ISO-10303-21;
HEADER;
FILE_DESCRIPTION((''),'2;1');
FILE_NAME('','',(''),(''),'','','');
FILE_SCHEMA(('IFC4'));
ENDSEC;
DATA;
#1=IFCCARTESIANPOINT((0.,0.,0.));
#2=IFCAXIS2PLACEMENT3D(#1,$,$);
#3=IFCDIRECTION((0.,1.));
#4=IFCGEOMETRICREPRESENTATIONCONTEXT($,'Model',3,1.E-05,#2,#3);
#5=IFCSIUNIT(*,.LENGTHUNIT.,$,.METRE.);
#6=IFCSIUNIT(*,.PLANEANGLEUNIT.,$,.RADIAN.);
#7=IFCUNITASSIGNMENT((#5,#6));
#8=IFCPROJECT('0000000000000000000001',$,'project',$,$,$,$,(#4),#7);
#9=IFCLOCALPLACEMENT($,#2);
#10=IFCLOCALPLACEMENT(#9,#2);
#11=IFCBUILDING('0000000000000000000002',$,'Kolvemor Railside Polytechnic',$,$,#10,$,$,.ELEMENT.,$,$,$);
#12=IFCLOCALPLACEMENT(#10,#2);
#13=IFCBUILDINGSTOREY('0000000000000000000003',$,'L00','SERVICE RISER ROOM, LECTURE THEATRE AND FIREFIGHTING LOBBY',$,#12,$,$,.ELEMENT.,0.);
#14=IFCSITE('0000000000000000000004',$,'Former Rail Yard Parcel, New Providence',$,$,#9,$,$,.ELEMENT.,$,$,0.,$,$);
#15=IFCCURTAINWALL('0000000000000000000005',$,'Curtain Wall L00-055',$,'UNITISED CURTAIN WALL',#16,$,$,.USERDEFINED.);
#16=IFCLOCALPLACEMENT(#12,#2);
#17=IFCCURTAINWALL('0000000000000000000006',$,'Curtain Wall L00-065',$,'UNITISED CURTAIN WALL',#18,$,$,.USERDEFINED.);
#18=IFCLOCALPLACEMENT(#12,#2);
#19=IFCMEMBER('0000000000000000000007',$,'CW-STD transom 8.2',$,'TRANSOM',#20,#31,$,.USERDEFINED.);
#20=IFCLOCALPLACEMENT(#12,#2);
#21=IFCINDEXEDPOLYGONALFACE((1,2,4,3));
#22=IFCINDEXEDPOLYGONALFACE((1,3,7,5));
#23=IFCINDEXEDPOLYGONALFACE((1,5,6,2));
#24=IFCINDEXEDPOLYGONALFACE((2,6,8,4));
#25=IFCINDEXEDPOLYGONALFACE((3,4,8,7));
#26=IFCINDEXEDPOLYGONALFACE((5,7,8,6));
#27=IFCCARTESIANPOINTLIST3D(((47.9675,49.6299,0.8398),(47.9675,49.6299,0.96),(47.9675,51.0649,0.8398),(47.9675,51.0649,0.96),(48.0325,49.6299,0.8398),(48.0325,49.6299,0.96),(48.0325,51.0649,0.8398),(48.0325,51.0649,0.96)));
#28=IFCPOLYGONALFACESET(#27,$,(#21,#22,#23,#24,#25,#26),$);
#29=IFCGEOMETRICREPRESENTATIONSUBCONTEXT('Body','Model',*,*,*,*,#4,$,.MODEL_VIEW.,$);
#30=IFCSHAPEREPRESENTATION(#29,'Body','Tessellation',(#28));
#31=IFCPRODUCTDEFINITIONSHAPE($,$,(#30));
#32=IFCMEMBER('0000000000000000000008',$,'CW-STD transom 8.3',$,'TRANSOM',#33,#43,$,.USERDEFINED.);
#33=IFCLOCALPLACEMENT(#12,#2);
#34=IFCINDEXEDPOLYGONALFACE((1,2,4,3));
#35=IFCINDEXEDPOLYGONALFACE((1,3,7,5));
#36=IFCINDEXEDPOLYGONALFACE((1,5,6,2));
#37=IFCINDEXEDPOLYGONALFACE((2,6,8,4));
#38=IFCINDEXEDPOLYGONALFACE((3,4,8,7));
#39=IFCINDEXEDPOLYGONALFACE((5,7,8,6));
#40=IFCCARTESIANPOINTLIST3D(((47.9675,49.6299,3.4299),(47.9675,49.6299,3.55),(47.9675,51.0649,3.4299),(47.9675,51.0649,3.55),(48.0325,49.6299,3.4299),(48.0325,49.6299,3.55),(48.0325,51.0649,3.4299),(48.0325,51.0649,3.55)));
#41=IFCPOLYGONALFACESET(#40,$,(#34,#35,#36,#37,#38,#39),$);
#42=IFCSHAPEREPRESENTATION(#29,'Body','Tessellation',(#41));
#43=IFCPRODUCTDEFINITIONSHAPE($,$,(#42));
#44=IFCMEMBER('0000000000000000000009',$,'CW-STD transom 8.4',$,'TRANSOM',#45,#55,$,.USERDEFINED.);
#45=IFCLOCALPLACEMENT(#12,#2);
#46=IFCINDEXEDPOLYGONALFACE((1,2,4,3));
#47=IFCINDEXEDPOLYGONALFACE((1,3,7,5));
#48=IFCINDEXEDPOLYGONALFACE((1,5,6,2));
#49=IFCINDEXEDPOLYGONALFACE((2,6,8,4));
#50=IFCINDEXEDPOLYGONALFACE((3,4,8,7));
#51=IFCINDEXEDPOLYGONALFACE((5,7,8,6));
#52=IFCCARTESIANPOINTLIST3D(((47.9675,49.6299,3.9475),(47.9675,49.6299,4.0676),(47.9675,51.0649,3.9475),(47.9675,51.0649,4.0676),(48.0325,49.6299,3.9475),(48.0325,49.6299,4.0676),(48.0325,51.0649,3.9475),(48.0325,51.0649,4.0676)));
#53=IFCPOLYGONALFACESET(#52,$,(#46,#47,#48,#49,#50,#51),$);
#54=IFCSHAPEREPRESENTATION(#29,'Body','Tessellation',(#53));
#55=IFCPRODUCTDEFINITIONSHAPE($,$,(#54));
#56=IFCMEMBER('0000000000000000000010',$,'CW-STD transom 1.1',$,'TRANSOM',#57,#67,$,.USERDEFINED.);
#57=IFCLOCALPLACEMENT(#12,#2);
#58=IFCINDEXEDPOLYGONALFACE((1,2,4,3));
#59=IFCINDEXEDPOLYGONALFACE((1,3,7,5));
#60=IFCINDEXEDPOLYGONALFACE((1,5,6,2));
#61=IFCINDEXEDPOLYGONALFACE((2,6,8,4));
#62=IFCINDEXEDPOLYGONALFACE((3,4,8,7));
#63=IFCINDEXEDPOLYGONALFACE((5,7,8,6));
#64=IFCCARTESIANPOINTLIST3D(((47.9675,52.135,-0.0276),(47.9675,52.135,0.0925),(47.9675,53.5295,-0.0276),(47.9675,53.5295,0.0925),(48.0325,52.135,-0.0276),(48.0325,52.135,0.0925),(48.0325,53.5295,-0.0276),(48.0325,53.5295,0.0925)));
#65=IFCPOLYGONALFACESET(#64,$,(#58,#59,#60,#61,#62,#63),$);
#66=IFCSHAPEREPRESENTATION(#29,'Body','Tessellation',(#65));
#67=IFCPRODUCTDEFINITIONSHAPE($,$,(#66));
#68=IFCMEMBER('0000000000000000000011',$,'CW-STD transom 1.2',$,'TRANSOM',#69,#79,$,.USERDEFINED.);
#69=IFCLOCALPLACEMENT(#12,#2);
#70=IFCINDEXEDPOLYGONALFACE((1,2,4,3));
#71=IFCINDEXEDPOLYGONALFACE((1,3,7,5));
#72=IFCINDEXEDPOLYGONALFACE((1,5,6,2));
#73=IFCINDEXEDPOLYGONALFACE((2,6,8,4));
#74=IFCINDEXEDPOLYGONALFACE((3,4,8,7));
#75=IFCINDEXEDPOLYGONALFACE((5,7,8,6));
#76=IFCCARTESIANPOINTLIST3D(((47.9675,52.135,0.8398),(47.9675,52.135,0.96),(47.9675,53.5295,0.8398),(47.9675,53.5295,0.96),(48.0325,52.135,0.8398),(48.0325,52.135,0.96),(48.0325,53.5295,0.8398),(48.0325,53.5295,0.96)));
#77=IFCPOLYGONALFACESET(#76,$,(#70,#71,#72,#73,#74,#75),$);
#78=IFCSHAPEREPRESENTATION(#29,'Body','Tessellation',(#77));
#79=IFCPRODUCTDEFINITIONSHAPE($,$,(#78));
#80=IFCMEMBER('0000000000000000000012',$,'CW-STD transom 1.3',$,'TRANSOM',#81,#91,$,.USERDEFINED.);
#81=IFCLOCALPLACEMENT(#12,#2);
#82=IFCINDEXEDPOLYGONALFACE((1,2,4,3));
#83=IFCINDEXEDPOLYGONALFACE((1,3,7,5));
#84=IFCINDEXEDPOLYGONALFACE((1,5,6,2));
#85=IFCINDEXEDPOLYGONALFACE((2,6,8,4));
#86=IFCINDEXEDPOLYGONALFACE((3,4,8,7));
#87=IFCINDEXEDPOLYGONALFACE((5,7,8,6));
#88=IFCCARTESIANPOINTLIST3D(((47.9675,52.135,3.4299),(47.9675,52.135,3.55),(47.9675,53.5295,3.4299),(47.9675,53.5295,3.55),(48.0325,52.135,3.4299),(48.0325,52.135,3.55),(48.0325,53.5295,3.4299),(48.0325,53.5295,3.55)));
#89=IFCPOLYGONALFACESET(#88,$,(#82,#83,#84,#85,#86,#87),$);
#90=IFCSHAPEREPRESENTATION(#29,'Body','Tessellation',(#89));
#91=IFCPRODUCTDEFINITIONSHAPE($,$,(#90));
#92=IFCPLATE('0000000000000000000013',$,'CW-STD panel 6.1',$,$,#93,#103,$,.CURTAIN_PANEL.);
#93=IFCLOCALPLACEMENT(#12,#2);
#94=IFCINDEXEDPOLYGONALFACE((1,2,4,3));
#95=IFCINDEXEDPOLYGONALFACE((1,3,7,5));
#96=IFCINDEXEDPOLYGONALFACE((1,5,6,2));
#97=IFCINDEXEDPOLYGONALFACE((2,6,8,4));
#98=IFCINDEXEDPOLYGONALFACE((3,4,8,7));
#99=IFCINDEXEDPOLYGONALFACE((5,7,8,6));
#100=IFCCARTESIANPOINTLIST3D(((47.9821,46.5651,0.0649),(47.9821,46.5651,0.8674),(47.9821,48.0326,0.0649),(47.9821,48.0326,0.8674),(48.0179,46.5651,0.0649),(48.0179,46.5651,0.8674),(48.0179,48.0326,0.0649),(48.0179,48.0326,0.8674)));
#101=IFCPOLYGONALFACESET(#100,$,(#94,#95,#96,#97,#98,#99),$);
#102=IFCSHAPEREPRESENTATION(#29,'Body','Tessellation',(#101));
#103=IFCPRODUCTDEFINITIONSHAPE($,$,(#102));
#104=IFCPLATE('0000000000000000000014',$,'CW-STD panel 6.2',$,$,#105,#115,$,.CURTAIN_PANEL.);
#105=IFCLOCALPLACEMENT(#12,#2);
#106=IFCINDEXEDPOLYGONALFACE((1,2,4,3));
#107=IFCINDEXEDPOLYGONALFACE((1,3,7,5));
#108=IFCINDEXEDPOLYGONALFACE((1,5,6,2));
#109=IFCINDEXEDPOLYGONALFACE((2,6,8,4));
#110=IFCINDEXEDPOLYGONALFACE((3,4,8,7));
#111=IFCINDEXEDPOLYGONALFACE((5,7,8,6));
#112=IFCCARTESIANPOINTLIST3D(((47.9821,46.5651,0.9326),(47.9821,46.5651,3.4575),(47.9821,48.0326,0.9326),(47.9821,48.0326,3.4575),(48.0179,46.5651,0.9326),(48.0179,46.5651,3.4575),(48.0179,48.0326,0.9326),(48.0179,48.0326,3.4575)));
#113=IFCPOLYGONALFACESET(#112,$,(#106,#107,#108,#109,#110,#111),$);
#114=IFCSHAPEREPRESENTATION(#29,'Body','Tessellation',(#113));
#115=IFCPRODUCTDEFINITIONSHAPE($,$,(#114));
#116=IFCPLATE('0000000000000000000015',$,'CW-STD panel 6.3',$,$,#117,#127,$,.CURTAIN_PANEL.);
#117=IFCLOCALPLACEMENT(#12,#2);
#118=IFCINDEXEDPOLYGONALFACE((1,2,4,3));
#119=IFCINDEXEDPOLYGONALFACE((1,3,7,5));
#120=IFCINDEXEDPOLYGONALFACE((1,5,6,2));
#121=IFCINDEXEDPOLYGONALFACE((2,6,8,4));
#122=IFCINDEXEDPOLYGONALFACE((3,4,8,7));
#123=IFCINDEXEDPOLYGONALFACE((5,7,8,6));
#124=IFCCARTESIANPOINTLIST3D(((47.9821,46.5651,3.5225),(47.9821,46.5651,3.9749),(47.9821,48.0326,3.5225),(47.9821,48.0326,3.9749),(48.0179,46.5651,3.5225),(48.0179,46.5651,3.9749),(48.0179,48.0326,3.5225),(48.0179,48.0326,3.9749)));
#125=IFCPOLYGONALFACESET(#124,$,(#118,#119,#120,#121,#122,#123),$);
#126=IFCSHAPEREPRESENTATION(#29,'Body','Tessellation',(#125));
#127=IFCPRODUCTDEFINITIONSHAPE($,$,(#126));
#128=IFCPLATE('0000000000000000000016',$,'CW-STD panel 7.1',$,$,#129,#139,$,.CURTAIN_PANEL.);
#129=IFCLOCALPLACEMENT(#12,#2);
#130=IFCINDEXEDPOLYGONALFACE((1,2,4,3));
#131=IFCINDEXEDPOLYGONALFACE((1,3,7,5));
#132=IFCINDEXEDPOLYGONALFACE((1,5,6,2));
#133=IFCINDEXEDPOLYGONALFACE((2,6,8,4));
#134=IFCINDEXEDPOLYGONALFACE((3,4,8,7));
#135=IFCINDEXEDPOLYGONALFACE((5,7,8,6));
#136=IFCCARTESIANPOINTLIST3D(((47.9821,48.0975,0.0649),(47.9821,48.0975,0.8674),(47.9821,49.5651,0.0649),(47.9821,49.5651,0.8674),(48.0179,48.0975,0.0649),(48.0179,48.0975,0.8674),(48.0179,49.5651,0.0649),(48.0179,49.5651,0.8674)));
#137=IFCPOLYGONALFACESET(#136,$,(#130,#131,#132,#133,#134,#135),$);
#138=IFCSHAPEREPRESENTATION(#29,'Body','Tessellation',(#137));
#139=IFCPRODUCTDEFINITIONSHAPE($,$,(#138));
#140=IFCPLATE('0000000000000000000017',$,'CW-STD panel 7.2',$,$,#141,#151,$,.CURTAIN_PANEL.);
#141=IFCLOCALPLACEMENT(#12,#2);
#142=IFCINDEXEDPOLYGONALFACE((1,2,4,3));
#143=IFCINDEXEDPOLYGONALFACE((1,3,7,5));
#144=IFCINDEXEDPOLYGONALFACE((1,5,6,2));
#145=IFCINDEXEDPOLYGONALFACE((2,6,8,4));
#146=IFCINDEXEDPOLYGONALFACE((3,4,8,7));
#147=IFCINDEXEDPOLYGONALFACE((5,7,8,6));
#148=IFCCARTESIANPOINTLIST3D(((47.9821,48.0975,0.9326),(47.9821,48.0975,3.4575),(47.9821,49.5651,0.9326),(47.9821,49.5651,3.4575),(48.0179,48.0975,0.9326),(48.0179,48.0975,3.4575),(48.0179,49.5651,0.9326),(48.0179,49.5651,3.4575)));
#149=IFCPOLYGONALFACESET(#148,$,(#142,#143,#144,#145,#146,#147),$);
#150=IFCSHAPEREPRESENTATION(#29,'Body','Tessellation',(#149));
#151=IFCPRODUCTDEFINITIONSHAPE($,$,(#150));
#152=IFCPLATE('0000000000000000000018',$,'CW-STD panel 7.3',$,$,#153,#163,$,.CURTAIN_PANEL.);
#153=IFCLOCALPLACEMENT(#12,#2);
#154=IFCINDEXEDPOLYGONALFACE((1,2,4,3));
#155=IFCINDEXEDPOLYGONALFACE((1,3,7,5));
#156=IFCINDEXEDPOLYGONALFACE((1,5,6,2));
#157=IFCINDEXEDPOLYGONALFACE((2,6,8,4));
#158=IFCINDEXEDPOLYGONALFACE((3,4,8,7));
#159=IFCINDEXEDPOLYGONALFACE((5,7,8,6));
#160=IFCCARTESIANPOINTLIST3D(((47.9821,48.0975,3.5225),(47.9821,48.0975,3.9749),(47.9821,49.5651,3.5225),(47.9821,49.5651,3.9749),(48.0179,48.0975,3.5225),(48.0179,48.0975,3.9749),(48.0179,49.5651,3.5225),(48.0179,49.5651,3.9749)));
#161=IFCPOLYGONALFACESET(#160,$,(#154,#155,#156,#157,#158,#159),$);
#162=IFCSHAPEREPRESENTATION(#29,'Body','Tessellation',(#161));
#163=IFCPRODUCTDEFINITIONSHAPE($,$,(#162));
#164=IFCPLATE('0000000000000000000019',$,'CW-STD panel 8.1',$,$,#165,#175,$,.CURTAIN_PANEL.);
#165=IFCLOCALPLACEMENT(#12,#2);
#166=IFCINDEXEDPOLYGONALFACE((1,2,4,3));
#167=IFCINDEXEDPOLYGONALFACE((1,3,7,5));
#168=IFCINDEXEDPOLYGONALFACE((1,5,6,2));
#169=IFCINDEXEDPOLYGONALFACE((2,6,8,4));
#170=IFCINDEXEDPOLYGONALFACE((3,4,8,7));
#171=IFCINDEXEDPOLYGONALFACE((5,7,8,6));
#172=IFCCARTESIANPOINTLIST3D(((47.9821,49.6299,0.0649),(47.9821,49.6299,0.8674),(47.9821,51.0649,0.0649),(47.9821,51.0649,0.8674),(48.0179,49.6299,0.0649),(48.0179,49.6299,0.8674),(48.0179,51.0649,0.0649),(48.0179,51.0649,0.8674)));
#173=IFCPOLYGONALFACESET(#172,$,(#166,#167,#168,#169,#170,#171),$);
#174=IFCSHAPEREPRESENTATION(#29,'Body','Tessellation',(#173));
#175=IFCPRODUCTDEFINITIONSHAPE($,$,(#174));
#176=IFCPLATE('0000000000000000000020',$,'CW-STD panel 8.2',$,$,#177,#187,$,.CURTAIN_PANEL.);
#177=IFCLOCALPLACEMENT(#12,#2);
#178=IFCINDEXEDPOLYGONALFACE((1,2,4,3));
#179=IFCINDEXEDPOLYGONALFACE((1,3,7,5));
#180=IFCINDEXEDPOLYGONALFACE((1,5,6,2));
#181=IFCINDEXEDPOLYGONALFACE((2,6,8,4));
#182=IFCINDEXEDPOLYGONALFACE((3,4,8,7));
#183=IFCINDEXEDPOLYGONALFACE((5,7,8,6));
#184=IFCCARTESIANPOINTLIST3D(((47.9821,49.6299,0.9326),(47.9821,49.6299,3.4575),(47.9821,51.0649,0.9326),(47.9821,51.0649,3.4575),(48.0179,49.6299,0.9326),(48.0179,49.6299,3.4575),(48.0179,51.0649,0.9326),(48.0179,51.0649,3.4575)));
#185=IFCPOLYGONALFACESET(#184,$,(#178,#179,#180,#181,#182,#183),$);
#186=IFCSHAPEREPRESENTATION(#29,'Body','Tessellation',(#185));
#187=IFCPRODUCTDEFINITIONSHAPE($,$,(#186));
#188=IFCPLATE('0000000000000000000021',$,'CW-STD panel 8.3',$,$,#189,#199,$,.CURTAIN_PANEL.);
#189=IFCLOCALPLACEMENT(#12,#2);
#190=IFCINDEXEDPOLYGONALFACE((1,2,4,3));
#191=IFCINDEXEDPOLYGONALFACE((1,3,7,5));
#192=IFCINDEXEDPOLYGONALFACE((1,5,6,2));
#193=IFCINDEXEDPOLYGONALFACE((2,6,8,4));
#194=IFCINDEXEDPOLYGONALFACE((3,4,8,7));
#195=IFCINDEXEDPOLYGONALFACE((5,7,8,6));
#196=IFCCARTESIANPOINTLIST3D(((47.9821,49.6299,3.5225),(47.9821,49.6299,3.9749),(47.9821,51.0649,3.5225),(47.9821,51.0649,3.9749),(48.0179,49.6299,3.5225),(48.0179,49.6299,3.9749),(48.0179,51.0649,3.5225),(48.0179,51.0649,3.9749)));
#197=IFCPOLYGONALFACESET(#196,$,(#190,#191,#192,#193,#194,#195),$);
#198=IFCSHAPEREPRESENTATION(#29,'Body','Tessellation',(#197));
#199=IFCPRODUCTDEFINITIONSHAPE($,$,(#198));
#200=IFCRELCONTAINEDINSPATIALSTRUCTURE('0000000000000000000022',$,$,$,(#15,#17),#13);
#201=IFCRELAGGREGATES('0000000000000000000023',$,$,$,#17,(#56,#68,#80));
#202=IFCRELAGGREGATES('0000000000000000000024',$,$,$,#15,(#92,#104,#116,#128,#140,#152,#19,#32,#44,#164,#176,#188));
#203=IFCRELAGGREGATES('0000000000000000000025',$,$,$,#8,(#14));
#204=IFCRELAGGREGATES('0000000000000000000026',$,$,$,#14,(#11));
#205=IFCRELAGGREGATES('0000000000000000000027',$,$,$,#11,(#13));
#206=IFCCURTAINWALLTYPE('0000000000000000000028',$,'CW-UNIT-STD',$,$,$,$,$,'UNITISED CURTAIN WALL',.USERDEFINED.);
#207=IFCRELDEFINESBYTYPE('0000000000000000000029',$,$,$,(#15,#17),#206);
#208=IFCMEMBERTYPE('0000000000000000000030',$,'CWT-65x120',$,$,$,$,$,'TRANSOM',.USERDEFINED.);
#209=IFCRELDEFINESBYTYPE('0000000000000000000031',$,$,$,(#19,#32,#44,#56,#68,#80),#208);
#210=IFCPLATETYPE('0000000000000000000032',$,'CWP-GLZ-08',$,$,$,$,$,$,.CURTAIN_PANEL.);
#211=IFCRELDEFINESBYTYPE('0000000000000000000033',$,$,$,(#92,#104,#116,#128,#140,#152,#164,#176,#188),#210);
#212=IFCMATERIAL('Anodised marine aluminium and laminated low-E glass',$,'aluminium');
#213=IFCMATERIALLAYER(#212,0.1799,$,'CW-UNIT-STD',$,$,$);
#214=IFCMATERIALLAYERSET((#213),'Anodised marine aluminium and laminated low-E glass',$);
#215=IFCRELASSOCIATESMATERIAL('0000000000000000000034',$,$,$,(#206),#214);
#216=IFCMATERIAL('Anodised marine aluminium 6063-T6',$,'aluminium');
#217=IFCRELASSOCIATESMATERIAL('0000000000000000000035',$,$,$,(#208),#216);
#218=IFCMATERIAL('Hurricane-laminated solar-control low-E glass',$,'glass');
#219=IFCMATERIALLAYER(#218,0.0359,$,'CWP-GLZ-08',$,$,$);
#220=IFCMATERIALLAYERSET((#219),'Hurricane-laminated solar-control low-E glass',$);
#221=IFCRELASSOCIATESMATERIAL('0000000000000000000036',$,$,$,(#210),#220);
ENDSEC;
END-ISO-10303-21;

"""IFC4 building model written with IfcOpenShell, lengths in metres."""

from ifc_helpers import new_model, si_unit, direction, frame, origin, origin_2d, place, context, subcontext, project, spatial, rectangle, extrude, material, layer, layer_set, material_profile, profile_set, type_object, element, aggregate, save


model = new_model("IFC4")

# Units and contexts
model_context = context("Model", 3, precision=1e-05, world=origin(), true_north=direction((0.0, 1.0)))
body_context = subcontext(model_context, "Body", "Model", "MODEL_VIEW")
ifc_project = project(units=[si_unit("LENGTHUNIT", "METRE"), si_unit("PLANEANGLEUNIT", "RADIAN")], contexts=[model_context])

# Site, building, storey
site_placement = place(None, origin())
site = spatial("IfcSite", under=ifc_project, at=site_placement, Name="Former Rail Yard Parcel, New Providence", CompositionType="ELEMENT", RefElevation=0.0)
building_placement = place(site_placement, origin())
building = spatial("IfcBuilding", under=site, at=building_placement, Name="Kolvemor Railside Polytechnic", CompositionType="ELEMENT")
storey_placement = place(building_placement, origin())
storey = spatial("IfcBuildingStorey", under=building, at=storey_placement, Name="L00", Description="SERVICE RISER ROOM, LECTURE THEATRE AND FIREFIGHTING LOBBY", CompositionType="ELEMENT", Elevation=0.0)

# Curtain wall
ifc_material_1 = material(Name="Anodised marine aluminium and laminated low-E glass", Category="aluminium")
ifc_layer_1 = layer(ifc_material_1, 0.1799, Name="CW-UNIT-STD")
ifc_layer_set_1 = layer_set([ifc_layer_1], Name="Anodised marine aluminium and laminated low-E glass")
curtain_wall_type = type_object("IfcCurtainWallType", Name="CW-UNIT-STD", ElementType="UNITISED CURTAIN WALL", PredefinedType="USERDEFINED", material=ifc_layer_set_1)
curtain_wall_1_placement = place(storey_placement, origin())
curtain_wall_1 = element("IfcCurtainWall", 1, at=curtain_wall_1_placement, inside=storey, type_object=curtain_wall_type, Name="Curtain Wall L00-055", ObjectType="UNITISED CURTAIN WALL", PredefinedType="USERDEFINED")

# Curtain wall
curtain_wall_2_placement = place(storey_placement, origin())
curtain_wall_2 = element("IfcCurtainWall", 2, at=curtain_wall_2_placement, inside=storey, type_object=curtain_wall_type, Name="Curtain Wall L00-065", ObjectType="UNITISED CURTAIN WALL", PredefinedType="USERDEFINED")

# Members
ifc_material_2 = material(Name="Anodised marine aluminium 6063-T6", Category="aluminium")
ifc_material_profile_1 = material_profile(ifc_material_2, rectangle(XDim=0.0649, YDim=0.1201, at=origin_2d()), Name="CW-TRN-65x120")
ifc_profile_set_1 = profile_set([ifc_material_profile_1], Name="Anodised marine aluminium 6063-T6")
member_type_1 = type_object("IfcMemberType", Name="CWT-65x120", ElementType="TRANSOM", PredefinedType="USERDEFINED", material=ifc_profile_set_1)
member_1_placement = place(storey_placement, frame((48.0, 49.6299, 0.8999), z_axis=(0.0, 1.0, 0.0), x_axis=(-1.0, 0.0, 0.0)))
member_1 = element("IfcMember", 3, at=member_1_placement, type_object=member_type_1, Name="CW-STD transom 8.2", ObjectType="TRANSOM", PredefinedType="USERDEFINED", context=body_context, shape_type="SweptSolid", body=[
    extrude(rectangle(XDim=0.0649, YDim=0.1201, at=origin_2d()), origin(), (0.0, 0.0, 1.0), 1.4351),
])
member_2_placement = place(storey_placement, frame((48.0, 49.6299, 3.49), z_axis=(0.0, 1.0, 0.0), x_axis=(-1.0, 0.0, 0.0)))
member_2 = element("IfcMember", 4, at=member_2_placement, type_object=member_type_1, Name="CW-STD transom 8.3", ObjectType="TRANSOM", PredefinedType="USERDEFINED", context=body_context, shape_type="SweptSolid", body=[
    extrude(rectangle(XDim=0.0649, YDim=0.1201, at=origin_2d()), origin(), (0.0, 0.0, 1.0), 1.4351),
])
member_3_placement = place(storey_placement, frame((48.0, 49.6299, 4.0076), z_axis=(0.0, 1.0, 0.0), x_axis=(-1.0, 0.0, 0.0)))
member_3 = element("IfcMember", 5, at=member_3_placement, type_object=member_type_1, Name="CW-STD transom 8.4", ObjectType="TRANSOM", PredefinedType="USERDEFINED", context=body_context, shape_type="SweptSolid", body=[
    extrude(rectangle(XDim=0.0649, YDim=0.1201, at=origin_2d()), origin(), (0.0, 0.0, 1.0), 1.4351),
])
member_4_placement = place(storey_placement, frame((48.0, 52.135, 0.0325), z_axis=(0.0, 1.0, 0.0), x_axis=(-1.0, 0.0, 0.0)))
member_4 = element("IfcMember", 6, at=member_4_placement, type_object=member_type_1, Name="CW-STD transom 1.1", ObjectType="TRANSOM", PredefinedType="USERDEFINED", context=body_context, shape_type="SweptSolid", body=[
    extrude(rectangle(XDim=0.0649, YDim=0.1201, at=origin_2d()), origin(), (0.0, 0.0, 1.0), 1.3945),
])
member_5_placement = place(storey_placement, frame((48.0, 52.135, 0.8999), z_axis=(0.0, 1.0, 0.0), x_axis=(-1.0, 0.0, 0.0)))
member_5 = element("IfcMember", 7, at=member_5_placement, type_object=member_type_1, Name="CW-STD transom 1.2", ObjectType="TRANSOM", PredefinedType="USERDEFINED", context=body_context, shape_type="SweptSolid", body=[
    extrude(rectangle(XDim=0.0649, YDim=0.1201, at=origin_2d()), origin(), (0.0, 0.0, 1.0), 1.3945),
])
member_6_placement = place(storey_placement, frame((48.0, 52.135, 3.49), z_axis=(0.0, 1.0, 0.0), x_axis=(-1.0, 0.0, 0.0)))
member_6 = element("IfcMember", 8, at=member_6_placement, type_object=member_type_1, Name="CW-STD transom 1.3", ObjectType="TRANSOM", PredefinedType="USERDEFINED", context=body_context, shape_type="SweptSolid", body=[
    extrude(rectangle(XDim=0.0649, YDim=0.1201, at=origin_2d()), origin(), (0.0, 0.0, 1.0), 1.3945),
])
aggregate(curtain_wall_2, [member_4, member_5, member_6])

# Plates
ifc_material_3 = material(Name="Hurricane-laminated solar-control low-E glass", Category="glass")
ifc_layer_2 = layer(ifc_material_3, 0.0359, Name="CWP-GLZ-08")
ifc_layer_set_2 = layer_set([ifc_layer_2], Name="Hurricane-laminated solar-control low-E glass")
plate_type = type_object("IfcPlateType", Name="CWP-GLZ-08", PredefinedType="CURTAIN_PANEL", material=ifc_layer_set_2)
plate_1_placement = place(storey_placement, frame((48.0, 47.2988, 0.0649), z_axis=(0.0, 0.0, 1.0), x_axis=(0.0, 1.0, 0.0)))
plate_1 = element("IfcPlate", 9, at=plate_1_placement, type_object=plate_type, Name="CW-STD panel 6.1", PredefinedType="CURTAIN_PANEL", context=body_context, shape_type="SweptSolid", body=[
    extrude(rectangle(XDim=1.4675, YDim=0.0359, at=origin_2d()), origin(), (0.0, 0.0, 1.0), 0.8025),
])
plate_2_placement = place(storey_placement, frame((48.0, 47.2988, 0.9326), z_axis=(0.0, 0.0, 1.0), x_axis=(0.0, 1.0, 0.0)))
plate_2 = element("IfcPlate", 10, at=plate_2_placement, type_object=plate_type, Name="CW-STD panel 6.2", PredefinedType="CURTAIN_PANEL", context=body_context, shape_type="SweptSolid", body=[
    extrude(rectangle(XDim=1.4675, YDim=0.0359, at=origin_2d()), origin(), (0.0, 0.0, 1.0), 2.5249),
])
plate_3_placement = place(storey_placement, frame((48.0, 47.2988, 3.5225), z_axis=(0.0, 0.0, 1.0), x_axis=(0.0, 1.0, 0.0)))
plate_3 = element("IfcPlate", 11, at=plate_3_placement, type_object=plate_type, Name="CW-STD panel 6.3", PredefinedType="CURTAIN_PANEL", context=body_context, shape_type="SweptSolid", body=[
    extrude(rectangle(XDim=1.4675, YDim=0.0359, at=origin_2d()), origin(), (0.0, 0.0, 1.0), 0.4524),
])
plate_4_placement = place(storey_placement, frame((48.0, 48.8313, 0.0649), z_axis=(0.0, 0.0, 1.0), x_axis=(0.0, 1.0, 0.0)))
plate_4 = element("IfcPlate", 12, at=plate_4_placement, type_object=plate_type, Name="CW-STD panel 7.1", PredefinedType="CURTAIN_PANEL", context=body_context, shape_type="SweptSolid", body=[
    extrude(rectangle(XDim=1.4675, YDim=0.0359, at=origin_2d()), origin(), (0.0, 0.0, 1.0), 0.8025),
])
plate_5_placement = place(storey_placement, frame((48.0, 48.8313, 0.9326), z_axis=(0.0, 0.0, 1.0), x_axis=(0.0, 1.0, 0.0)))
plate_5 = element("IfcPlate", 13, at=plate_5_placement, type_object=plate_type, Name="CW-STD panel 7.2", PredefinedType="CURTAIN_PANEL", context=body_context, shape_type="SweptSolid", body=[
    extrude(rectangle(XDim=1.4675, YDim=0.0359, at=origin_2d()), origin(), (0.0, 0.0, 1.0), 2.5249),
])
plate_6_placement = place(storey_placement, frame((48.0, 48.8313, 3.5225), z_axis=(0.0, 0.0, 1.0), x_axis=(0.0, 1.0, 0.0)))
plate_6 = element("IfcPlate", 14, at=plate_6_placement, type_object=plate_type, Name="CW-STD panel 7.3", PredefinedType="CURTAIN_PANEL", context=body_context, shape_type="SweptSolid", body=[
    extrude(rectangle(XDim=1.4675, YDim=0.0359, at=origin_2d()), origin(), (0.0, 0.0, 1.0), 0.4524),
])
plate_7_placement = place(storey_placement, frame((48.0, 50.3474, 0.0649), z_axis=(0.0, 0.0, 1.0), x_axis=(0.0, 1.0, 0.0)))
plate_7 = element("IfcPlate", 15, at=plate_7_placement, type_object=plate_type, Name="CW-STD panel 8.1", PredefinedType="CURTAIN_PANEL", context=body_context, shape_type="SweptSolid", body=[
    extrude(rectangle(XDim=1.4351, YDim=0.0359, at=origin_2d()), origin(), (0.0, 0.0, 1.0), 0.8025),
])
plate_8_placement = place(storey_placement, frame((48.0, 50.3474, 0.9326), z_axis=(0.0, 0.0, 1.0), x_axis=(0.0, 1.0, 0.0)))
plate_8 = element("IfcPlate", 16, at=plate_8_placement, type_object=plate_type, Name="CW-STD panel 8.2", PredefinedType="CURTAIN_PANEL", context=body_context, shape_type="SweptSolid", body=[
    extrude(rectangle(XDim=1.4351, YDim=0.0359, at=origin_2d()), origin(), (0.0, 0.0, 1.0), 2.5249),
])
plate_9_placement = place(storey_placement, frame((48.0, 50.3474, 3.5225), z_axis=(0.0, 0.0, 1.0), x_axis=(0.0, 1.0, 0.0)))
plate_9 = element("IfcPlate", 17, at=plate_9_placement, type_object=plate_type, Name="CW-STD panel 8.3", PredefinedType="CURTAIN_PANEL", context=body_context, shape_type="SweptSolid", body=[
    extrude(rectangle(XDim=1.4351, YDim=0.0359, at=origin_2d()), origin(), (0.0, 0.0, 1.0), 0.4524),
])
aggregate(curtain_wall_1, [plate_1, plate_2, plate_3, plate_4, plate_5, plate_6, member_1, member_2, member_3, plate_7, plate_8, plate_9])

save(model, "model.ifc")
